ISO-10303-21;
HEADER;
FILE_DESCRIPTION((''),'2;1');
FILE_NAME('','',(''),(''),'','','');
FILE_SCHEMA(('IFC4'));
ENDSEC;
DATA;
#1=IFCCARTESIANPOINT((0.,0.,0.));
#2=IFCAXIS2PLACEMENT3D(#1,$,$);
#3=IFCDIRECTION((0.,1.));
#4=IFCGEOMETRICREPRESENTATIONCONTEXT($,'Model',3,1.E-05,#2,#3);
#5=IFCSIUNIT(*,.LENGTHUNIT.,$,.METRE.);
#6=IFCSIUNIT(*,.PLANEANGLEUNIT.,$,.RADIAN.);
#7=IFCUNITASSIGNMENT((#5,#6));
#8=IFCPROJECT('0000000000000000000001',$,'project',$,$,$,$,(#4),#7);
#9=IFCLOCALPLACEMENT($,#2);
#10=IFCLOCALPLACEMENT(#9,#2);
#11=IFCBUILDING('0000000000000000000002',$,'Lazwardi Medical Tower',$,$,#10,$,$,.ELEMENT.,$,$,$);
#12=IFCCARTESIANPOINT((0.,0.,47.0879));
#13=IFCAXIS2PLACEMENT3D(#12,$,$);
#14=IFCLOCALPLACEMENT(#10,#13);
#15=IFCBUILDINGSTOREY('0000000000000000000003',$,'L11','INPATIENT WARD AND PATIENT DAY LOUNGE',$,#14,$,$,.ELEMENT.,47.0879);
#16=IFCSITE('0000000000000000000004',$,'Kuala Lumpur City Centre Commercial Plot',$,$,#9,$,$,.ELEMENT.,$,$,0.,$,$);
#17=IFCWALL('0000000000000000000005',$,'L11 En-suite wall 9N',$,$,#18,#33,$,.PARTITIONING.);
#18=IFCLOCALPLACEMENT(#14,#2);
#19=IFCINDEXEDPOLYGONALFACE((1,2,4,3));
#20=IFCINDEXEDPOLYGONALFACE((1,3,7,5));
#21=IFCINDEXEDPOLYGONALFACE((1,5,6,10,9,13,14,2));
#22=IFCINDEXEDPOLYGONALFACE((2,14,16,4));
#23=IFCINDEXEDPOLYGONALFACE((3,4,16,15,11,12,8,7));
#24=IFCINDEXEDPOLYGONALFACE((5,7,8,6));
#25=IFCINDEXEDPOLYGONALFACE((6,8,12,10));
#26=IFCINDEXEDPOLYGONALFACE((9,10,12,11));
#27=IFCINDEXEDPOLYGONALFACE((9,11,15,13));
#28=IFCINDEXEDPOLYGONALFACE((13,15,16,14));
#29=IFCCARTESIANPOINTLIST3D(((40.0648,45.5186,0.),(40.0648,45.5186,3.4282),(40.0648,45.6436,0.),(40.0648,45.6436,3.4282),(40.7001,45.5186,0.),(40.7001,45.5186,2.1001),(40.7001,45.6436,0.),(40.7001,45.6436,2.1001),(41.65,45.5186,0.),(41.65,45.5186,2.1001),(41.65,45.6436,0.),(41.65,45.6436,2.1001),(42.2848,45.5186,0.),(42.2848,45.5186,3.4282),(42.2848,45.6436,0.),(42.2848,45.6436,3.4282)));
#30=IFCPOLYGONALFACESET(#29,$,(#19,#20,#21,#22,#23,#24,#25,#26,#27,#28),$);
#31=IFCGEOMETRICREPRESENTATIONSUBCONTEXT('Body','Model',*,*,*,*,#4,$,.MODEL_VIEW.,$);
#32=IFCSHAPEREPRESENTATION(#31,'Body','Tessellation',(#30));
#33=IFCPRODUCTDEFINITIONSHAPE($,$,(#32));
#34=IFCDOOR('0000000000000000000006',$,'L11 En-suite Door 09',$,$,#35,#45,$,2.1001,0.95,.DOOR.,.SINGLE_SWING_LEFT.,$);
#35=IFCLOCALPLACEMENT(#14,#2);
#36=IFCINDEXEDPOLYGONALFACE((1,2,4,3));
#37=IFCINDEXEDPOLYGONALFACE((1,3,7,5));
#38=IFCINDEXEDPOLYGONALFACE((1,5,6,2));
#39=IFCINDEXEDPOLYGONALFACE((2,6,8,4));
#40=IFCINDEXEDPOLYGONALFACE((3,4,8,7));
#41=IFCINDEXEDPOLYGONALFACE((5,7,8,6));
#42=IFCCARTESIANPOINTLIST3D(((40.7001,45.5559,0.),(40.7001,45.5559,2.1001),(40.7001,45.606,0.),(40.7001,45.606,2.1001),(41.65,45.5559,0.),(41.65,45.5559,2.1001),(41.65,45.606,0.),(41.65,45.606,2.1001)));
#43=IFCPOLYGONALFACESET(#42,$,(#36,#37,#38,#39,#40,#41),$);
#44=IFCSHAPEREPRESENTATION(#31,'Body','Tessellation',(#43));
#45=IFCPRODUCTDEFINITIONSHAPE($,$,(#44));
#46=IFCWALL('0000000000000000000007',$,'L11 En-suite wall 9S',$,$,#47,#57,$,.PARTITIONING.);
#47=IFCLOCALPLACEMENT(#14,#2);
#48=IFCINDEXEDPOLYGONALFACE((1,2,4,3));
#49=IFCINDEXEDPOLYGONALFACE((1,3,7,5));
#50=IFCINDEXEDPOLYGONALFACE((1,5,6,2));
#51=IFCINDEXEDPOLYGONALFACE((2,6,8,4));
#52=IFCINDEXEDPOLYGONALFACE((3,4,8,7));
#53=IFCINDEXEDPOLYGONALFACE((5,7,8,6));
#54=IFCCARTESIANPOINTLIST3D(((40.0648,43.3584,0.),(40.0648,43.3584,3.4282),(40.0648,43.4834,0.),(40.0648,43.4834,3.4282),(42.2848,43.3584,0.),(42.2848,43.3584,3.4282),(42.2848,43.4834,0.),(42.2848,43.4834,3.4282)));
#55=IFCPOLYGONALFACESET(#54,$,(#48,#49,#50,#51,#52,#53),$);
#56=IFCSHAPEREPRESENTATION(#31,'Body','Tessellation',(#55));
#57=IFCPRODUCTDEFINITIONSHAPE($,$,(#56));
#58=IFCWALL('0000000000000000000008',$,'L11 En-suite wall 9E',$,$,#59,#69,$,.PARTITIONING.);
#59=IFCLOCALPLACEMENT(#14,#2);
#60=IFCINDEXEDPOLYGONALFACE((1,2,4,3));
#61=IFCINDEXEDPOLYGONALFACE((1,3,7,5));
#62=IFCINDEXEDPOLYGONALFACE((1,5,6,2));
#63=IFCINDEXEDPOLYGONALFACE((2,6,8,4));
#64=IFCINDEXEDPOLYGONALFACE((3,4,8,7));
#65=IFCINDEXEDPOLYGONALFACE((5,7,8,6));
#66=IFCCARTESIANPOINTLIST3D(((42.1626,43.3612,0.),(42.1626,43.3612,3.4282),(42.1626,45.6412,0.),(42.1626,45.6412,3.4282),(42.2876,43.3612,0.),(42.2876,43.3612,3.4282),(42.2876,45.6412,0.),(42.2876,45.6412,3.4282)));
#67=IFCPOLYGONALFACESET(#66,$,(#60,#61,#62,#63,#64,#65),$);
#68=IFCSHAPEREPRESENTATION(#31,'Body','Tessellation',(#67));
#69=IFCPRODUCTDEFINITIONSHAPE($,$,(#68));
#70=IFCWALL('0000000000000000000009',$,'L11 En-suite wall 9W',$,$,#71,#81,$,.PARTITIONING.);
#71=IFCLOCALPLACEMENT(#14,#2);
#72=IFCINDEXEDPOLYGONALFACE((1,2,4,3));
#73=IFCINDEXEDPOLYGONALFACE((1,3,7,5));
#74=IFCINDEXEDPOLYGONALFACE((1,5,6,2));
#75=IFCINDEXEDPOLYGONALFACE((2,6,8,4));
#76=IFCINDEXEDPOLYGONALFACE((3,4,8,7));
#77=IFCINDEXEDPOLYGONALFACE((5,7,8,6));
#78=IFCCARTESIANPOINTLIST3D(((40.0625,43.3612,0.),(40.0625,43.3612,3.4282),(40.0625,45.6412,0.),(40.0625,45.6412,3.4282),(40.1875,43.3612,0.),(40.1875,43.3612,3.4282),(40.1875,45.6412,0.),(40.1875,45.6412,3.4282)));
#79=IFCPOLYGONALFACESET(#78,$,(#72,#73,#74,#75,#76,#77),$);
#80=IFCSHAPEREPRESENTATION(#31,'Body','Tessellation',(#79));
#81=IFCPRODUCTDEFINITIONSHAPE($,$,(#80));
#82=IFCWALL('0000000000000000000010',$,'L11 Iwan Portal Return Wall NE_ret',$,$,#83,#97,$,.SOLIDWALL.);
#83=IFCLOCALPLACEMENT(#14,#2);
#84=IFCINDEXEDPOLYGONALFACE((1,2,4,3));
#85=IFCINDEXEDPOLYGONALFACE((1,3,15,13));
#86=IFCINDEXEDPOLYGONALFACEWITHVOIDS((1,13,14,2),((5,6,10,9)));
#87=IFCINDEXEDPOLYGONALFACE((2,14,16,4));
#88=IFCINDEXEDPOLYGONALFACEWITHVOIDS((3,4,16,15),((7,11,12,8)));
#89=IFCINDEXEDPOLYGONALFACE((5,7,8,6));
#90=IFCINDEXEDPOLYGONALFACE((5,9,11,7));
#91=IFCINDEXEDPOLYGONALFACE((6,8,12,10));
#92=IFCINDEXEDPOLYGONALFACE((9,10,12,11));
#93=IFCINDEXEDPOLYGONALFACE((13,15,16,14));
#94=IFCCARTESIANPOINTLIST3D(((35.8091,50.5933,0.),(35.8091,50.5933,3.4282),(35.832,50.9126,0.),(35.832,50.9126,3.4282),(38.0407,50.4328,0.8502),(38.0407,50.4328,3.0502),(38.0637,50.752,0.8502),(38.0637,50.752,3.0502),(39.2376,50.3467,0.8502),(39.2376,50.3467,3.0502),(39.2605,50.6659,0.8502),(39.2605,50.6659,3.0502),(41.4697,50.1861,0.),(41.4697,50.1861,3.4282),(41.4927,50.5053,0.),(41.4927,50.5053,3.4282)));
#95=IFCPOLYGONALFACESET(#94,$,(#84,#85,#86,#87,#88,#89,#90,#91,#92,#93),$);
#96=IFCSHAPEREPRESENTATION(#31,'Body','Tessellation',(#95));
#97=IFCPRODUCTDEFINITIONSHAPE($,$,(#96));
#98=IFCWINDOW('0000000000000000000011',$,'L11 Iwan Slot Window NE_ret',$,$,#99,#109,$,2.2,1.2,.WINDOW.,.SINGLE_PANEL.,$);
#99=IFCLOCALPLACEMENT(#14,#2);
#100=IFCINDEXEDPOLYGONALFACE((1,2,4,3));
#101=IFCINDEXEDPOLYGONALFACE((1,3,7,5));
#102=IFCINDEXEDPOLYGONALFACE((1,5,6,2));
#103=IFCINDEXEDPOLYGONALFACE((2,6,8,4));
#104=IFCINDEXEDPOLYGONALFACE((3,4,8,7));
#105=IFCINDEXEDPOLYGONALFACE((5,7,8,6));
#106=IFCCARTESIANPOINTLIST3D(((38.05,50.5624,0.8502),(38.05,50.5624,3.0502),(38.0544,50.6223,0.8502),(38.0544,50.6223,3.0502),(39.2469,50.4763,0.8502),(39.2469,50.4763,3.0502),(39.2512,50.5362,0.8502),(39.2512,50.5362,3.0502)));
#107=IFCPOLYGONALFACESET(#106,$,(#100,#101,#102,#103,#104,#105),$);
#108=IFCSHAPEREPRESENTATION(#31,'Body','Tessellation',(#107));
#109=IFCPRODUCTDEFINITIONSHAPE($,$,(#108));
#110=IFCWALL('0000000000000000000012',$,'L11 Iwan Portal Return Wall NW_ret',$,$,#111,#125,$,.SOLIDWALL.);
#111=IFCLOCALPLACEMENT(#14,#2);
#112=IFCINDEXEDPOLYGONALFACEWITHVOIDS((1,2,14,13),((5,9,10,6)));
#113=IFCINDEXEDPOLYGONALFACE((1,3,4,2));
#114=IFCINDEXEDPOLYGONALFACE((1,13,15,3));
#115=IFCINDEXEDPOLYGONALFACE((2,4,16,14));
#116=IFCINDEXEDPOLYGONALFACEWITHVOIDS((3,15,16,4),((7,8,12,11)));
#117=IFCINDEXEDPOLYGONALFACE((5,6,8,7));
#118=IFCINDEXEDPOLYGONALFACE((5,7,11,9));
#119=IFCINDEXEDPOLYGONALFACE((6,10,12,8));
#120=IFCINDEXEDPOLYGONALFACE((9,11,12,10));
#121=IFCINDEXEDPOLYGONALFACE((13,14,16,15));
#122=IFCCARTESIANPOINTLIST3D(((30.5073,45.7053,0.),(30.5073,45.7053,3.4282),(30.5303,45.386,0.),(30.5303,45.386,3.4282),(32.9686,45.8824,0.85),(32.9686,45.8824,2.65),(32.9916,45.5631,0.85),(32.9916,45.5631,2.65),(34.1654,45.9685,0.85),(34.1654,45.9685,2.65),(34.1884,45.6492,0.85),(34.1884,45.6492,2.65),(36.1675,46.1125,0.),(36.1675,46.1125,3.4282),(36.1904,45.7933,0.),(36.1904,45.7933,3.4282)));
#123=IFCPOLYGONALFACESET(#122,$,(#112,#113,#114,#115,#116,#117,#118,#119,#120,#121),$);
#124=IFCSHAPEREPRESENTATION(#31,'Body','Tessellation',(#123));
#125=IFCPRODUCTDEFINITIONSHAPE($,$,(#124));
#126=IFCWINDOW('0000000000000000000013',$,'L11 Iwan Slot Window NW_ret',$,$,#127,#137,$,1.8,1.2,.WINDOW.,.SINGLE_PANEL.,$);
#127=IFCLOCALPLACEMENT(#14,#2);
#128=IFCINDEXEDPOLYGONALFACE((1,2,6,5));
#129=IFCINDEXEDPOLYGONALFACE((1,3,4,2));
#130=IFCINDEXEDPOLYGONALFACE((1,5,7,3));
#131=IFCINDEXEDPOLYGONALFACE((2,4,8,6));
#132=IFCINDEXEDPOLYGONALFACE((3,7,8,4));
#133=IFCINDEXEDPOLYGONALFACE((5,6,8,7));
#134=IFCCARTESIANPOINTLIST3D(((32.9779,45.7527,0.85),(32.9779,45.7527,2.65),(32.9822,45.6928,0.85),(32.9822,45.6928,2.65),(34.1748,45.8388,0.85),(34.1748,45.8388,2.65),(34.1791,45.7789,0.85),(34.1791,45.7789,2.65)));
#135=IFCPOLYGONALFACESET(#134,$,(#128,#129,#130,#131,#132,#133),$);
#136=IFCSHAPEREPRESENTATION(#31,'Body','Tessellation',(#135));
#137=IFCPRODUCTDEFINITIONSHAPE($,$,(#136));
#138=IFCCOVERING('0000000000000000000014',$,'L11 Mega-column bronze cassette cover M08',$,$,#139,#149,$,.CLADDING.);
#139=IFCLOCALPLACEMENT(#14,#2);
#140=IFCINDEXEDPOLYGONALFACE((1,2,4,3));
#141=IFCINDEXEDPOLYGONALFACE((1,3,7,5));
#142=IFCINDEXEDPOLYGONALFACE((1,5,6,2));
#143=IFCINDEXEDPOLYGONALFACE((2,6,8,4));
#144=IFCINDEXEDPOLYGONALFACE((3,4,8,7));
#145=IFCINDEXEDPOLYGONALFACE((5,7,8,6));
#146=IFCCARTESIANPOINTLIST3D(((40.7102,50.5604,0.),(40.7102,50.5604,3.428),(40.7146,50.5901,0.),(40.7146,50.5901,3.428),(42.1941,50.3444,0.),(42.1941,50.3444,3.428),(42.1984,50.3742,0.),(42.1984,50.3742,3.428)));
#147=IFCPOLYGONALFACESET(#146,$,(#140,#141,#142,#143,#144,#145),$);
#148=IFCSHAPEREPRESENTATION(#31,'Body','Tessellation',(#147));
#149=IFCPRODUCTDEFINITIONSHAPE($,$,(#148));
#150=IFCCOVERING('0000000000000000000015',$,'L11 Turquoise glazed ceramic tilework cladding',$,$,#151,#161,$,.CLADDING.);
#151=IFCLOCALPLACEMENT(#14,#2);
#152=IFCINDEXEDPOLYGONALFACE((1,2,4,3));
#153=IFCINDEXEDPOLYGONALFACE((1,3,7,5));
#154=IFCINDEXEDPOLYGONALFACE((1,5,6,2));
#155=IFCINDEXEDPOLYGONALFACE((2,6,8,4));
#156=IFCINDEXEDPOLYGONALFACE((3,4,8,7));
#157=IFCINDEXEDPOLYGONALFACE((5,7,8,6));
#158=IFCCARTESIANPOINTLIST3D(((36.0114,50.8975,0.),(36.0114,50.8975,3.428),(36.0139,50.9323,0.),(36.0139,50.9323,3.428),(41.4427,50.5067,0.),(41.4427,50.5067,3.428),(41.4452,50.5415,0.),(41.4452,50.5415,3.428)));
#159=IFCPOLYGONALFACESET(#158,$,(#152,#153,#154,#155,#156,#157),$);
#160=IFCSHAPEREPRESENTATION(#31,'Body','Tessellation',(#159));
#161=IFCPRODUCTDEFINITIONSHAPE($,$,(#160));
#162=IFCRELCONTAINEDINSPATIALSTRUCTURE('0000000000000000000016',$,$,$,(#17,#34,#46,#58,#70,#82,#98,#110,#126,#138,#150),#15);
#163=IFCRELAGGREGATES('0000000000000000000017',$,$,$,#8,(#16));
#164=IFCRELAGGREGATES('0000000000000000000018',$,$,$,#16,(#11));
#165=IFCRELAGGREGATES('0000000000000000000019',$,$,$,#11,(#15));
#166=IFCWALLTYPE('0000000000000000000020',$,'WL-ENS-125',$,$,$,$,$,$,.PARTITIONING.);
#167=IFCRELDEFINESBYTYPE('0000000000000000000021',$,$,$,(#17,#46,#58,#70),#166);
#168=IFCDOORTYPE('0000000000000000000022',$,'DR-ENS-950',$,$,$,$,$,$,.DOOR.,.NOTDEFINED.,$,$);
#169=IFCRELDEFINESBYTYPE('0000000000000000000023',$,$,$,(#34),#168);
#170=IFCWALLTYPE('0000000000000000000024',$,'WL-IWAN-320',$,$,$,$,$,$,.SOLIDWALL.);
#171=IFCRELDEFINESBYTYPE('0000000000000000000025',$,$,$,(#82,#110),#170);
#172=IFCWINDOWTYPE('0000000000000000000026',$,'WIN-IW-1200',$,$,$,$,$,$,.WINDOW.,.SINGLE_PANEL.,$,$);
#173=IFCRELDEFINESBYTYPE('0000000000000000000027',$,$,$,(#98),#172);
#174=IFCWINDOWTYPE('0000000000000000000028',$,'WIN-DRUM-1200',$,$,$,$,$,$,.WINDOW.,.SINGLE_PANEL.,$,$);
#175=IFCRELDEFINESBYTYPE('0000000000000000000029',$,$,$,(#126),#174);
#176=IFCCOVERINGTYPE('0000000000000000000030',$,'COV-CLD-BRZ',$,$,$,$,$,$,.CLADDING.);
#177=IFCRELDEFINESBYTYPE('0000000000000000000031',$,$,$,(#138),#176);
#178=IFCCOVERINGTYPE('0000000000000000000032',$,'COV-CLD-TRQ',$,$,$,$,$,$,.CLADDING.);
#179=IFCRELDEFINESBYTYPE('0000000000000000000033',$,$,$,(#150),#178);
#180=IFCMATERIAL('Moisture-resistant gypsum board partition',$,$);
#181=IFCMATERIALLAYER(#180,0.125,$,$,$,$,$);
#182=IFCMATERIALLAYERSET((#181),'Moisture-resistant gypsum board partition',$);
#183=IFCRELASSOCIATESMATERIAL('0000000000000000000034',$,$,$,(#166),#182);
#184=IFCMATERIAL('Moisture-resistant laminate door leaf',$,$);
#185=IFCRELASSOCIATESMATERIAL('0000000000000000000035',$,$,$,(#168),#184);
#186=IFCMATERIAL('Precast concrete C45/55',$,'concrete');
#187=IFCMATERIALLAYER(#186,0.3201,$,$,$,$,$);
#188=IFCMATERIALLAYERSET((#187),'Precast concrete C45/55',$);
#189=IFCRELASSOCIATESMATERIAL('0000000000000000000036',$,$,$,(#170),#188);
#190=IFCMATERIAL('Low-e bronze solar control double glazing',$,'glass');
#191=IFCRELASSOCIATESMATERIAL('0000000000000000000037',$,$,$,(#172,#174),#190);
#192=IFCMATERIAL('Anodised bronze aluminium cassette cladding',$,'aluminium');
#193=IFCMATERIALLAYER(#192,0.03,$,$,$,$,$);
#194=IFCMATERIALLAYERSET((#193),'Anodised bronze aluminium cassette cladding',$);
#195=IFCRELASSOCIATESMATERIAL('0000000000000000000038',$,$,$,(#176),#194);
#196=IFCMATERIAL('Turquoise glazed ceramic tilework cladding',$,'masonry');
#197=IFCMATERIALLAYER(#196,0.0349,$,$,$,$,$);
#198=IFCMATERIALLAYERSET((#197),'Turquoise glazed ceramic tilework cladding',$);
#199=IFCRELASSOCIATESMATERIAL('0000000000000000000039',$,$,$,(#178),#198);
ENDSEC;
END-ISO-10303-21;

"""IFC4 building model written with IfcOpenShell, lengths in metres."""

from ifc_helpers import new_model, si_unit, direction, frame, frame_2d, origin, origin_2d, place, context, subcontext, project, spatial, rectangle, extrude, material, layer, layer_set, type_object, element, fill, save


model = new_model("IFC4")

# Units and contexts
model_context = context("Model", 3, precision=1e-05, world=origin(), true_north=direction((0.0, 1.0)))
body_context = subcontext(model_context, "Body", "Model", "MODEL_VIEW")
ifc_project = project(units=[si_unit("LENGTHUNIT", "METRE"), si_unit("PLANEANGLEUNIT", "RADIAN")], contexts=[model_context])

# Site, building, storey
site_placement = place(None, origin())
site = spatial("IfcSite", under=ifc_project, at=site_placement, Name="Kuala Lumpur City Centre Commercial Plot", CompositionType="ELEMENT", RefElevation=0.0)
building_placement = place(site_placement, origin())
building = spatial("IfcBuilding", under=site, at=building_placement, Name="Lazwardi Medical Tower", CompositionType="ELEMENT")
storey_placement = place(building_placement, frame((0.0, 0.0, 47.0879)))
storey = spatial("IfcBuildingStorey", under=building, at=storey_placement, Name="L11", Description="INPATIENT WARD AND PATIENT DAY LOUNGE", CompositionType="ELEMENT", Elevation=47.0879)

# Shared definitions
ifc_material_1 = material(Name="Low-e bronze solar control double glazing", Category="glass")

# Wall, opening, door
ifc_material_2 = material(Name="Moisture-resistant gypsum board partition")
ifc_layer_1 = layer(ifc_material_2, 0.125)
ifc_layer_set_1 = layer_set([ifc_layer_1], Name="Moisture-resistant gypsum board partition")
wall_type_1 = type_object("IfcWallType", Name="WL-ENS-125", PredefinedType="PARTITIONING", material=ifc_layer_set_1)
ifc_material_3 = material(Name="Moisture-resistant laminate door leaf")
door_type = type_object("IfcDoorType", Name="DR-ENS-950", OperationType="NOTDEFINED", PredefinedType="DOOR", material=ifc_material_3)
wall_1_placement = place(storey_placement, frame((40.0649, 45.5811, 0.0), z_axis=(0.0, 0.0, 1.0), x_axis=(1.0, 0.0, 0.0)))
wall_1 = element("IfcWall", 1, at=wall_1_placement, inside=storey, type_object=wall_type_1, Name="L11 En-suite wall 9N", PredefinedType="PARTITIONING", context=body_context, shape_type="SweptSolid", body=[
    extrude(rectangle(XDim=2.22, YDim=0.125, at=frame_2d((1.1099, 0.0))), origin(), (0.0, 0.0, 1.0), 3.4282),
])
opening_1_placement = place(wall_1_placement, frame((0.635, 0.0, 0.0)))
opening_1 = element("IfcOpeningElement", 2, at=opening_1_placement, cuts=wall_1, PredefinedType="OPENING", context=body_context, shape_type="SweptSolid", body=[
    extrude(rectangle(XDim=0.95, YDim=2.1001, at=frame_2d((0.4751, 1.05))), frame((0.0, 0.0725, 0.0), z_axis=(0.0, -1.0, 0.0), x_axis=(1.0, 0.0, 0.0)), (0.0, 0.0, 1.0), 0.145),
])
door_1_placement = place(opening_1_placement, origin())
door_1 = element("IfcDoor", 3, at=door_1_placement, inside=storey, type_object=door_type, Name="L11 En-suite Door 09", OperationType="SINGLE_SWING_LEFT", OverallHeight=2.1001, OverallWidth=0.95, PredefinedType="DOOR", context=body_context, shape_type="SweptSolid", body=[
    extrude(rectangle(XDim=0.95, YDim=2.1001, at=frame_2d((0.4751, 1.05))), frame((0.0, 0.0249, 0.0), z_axis=(0.0, -1.0, 0.0), x_axis=(1.0, 0.0, 0.0)), (0.0, 0.0, 1.0), 0.05),
])
fill(opening_1, door_1)

# Walls
wall_2_placement = place(storey_placement, frame((40.0649, 43.4209, 0.0), z_axis=(0.0, 0.0, 1.0), x_axis=(1.0, 0.0, 0.0)))
element("IfcWall", 4, at=wall_2_placement, inside=storey, type_object=wall_type_1, Name="L11 En-suite wall 9S", PredefinedType="PARTITIONING", context=body_context, shape_type="SweptSolid", body=[
    extrude(rectangle(XDim=2.22, YDim=0.125, at=frame_2d((1.1099, 0.0))), origin(), (0.0, 0.0, 1.0), 3.4282),
])
for number, where, z_axis, x_axis, name in (
    (5, (42.2251, 43.3611, 0.0), (0.0, 0.0, 1.0), (0.0, 1.0, 0.0), "L11 En-suite wall 9E"),
    (6, (40.125, 43.3611, 0.0), (0.0, 0.0, 1.0), (0.0, 1.0, 0.0), "L11 En-suite wall 9W"),
):
    element("IfcWall", number, at=place(storey_placement, frame(where, z_axis=z_axis, x_axis=x_axis)), inside=storey, type_object=wall_type_1, Name=name, PredefinedType="PARTITIONING", context=body_context, shape_type="SweptSolid", body=[
        extrude(rectangle(XDim=2.28, YDim=0.125, at=frame_2d((1.1401, 0.0))), origin(), (0.0, 0.0, 1.0), 3.4282),
    ])

# Walls, openings, windows
ifc_material_4 = material(Name="Precast concrete C45/55", Category="concrete")
ifc_layer_2 = layer(ifc_material_4, 0.3201)
ifc_layer_set_2 = layer_set([ifc_layer_2], Name="Precast concrete C45/55")
wall_type_2 = type_object("IfcWallType", Name="WL-IWAN-320", PredefinedType="SOLIDWALL", material=ifc_layer_set_2)
wall_3_placement = place(storey_placement, frame((41.4812, 50.3457, 0.0), z_axis=(0.0, 0.0, 1.0), x_axis=(-0.997422, 0.071755, 0.0)))
wall_3 = element("IfcWall", 7, at=wall_3_placement, inside=storey, type_object=wall_type_2, Name="L11 Iwan Portal Return Wall NE_ret", PredefinedType="SOLIDWALL", context=body_context, shape_type="SweptSolid", body=[
    extrude(rectangle(XDim=5.6753, YDim=0.3201, at=frame_2d((2.8376, 0.0))), origin(), (0.0, 0.0, 1.0), 3.4282),
])
opening_2_placement = place(wall_3_placement, frame((2.2378, 0.0, 0.8501)))
opening_2 = element("IfcOpeningElement", 8, at=opening_2_placement, cuts=wall_3, PredefinedType="OPENING", context=body_context, shape_type="SweptSolid", body=[
    extrude(rectangle(XDim=1.2, YDim=2.2, at=frame_2d((0.6001, 1.1001))), frame((0.0, 0.1699, 0.0), z_axis=(0.0, -1.0, 0.0), x_axis=(1.0, 0.0, 0.0)), (0.0, 0.0, 1.0), 0.3401),
])
window_type_1 = type_object("IfcWindowType", Name="WIN-IW-1200", PartitioningType="SINGLE_PANEL", PredefinedType="WINDOW", material=ifc_material_1)
window_1_placement = place(opening_2_placement, origin())
window_1 = element("IfcWindow", 9, at=window_1_placement, inside=storey, type_object=window_type_1, Name="L11 Iwan Slot Window NE_ret", OverallHeight=2.2, OverallWidth=1.2, PartitioningType="SINGLE_PANEL", PredefinedType="WINDOW", context=body_context, shape_type="SweptSolid", body=[
    extrude(rectangle(XDim=1.2, YDim=2.2, at=frame_2d((0.6001, 1.1001))), frame((0.0, 0.03, 0.0), z_axis=(0.0, -1.0, 0.0), x_axis=(1.0, 0.0, 0.0)), (0.0, 0.0, 1.0), 0.0601),
])
fill(opening_2, window_1)
wall_4_placement = place(storey_placement, frame((36.179, 45.9529, 0.0), z_axis=(0.0, 0.0, 1.0), x_axis=(-0.997422, -0.071761, 0.0)))
wall_4 = element("IfcWall", 10, at=wall_4_placement, inside=storey, type_object=wall_type_2, Name="L11 Iwan Portal Return Wall NW_ret", PredefinedType="SOLIDWALL", context=body_context, shape_type="SweptSolid", body=[
    extrude(rectangle(XDim=5.6748, YDim=0.3201, at=frame_2d((2.8374, 0.0))), origin(), (0.0, 0.0, 1.0), 3.4282),
])
opening_3_placement = place(wall_4_placement, frame((2.0071, 0.0, 0.8501)))
opening_3 = element("IfcOpeningElement", 11, at=opening_3_placement, cuts=wall_4, PredefinedType="OPENING", context=body_context, shape_type="SweptSolid", body=[
    extrude(rectangle(XDim=1.2, YDim=1.8, at=frame_2d((0.6001, 0.8999))), frame((0.0, 0.1699, 0.0), z_axis=(0.0, -1.0, 0.0), x_axis=(1.0, 0.0, 0.0)), (0.0, 0.0, 1.0), 0.3401),
])
window_type_2 = type_object("IfcWindowType", Name="WIN-DRUM-1200", PartitioningType="SINGLE_PANEL", PredefinedType="WINDOW", material=ifc_material_1)
window_2_placement = place(opening_3_placement, origin())
window_2 = element("IfcWindow", 12, at=window_2_placement, inside=storey, type_object=window_type_2, Name="L11 Iwan Slot Window NW_ret", OverallHeight=1.8, OverallWidth=1.2, PartitioningType="SINGLE_PANEL", PredefinedType="WINDOW", context=body_context, shape_type="SweptSolid", body=[
    extrude(rectangle(XDim=1.2, YDim=1.8, at=frame_2d((0.6001, 0.8999))), frame((0.0, 0.03, 0.0), z_axis=(0.0, -1.0, 0.0), x_axis=(1.0, 0.0, 0.0)), (0.0, 0.0, 1.0), 0.0601),
])
fill(opening_3, window_2)

# Coverings
ifc_material_5 = material(Name="Anodised bronze aluminium cassette cladding", Category="aluminium")
ifc_layer_3 = layer(ifc_material_5, 0.03)
ifc_layer_set_3 = layer_set([ifc_layer_3], Name="Anodised bronze aluminium cassette cladding")
covering_type_1 = type_object("IfcCoveringType", Name="COV-CLD-BRZ", PredefinedType="CLADDING", material=ifc_layer_set_3)
covering_1_placement = place(storey_placement, frame((41.4543, 50.4673, 0.0), z_axis=(0.0, 0.0, 1.0), x_axis=(-0.989573, 0.144035, 0.0)))
element("IfcCovering", 13, at=covering_1_placement, inside=storey, type_object=covering_type_1, Name="L11 Mega-column bronze cassette cover M08", PredefinedType="CLADDING", context=body_context, shape_type="SweptSolid", body=[
    extrude(rectangle(XDim=1.4995, YDim=0.03, at=origin_2d()), origin(), (0.0, 0.0, 1.0), 3.428),
])
ifc_material_6 = material(Name="Turquoise glazed ceramic tilework cladding", Category="masonry")
ifc_layer_4 = layer(ifc_material_6, 0.0349)
ifc_layer_set_4 = layer_set([ifc_layer_4], Name="Turquoise glazed ceramic tilework cladding")
covering_type_2 = type_object("IfcCoveringType", Name="COV-CLD-TRQ", PredefinedType="CLADDING", material=ifc_layer_set_4)
covering_2_placement = place(storey_placement, frame((38.7283, 50.7195, 0.0), z_axis=(0.0, 0.0, 1.0), x_axis=(-0.997421, 0.071767, 0.0)))
element("IfcCovering", 14, at=covering_2_placement, inside=storey, type_object=covering_type_2, Name="L11 Turquoise glazed ceramic tilework cladding", PredefinedType="CLADDING", context=body_context, shape_type="SweptSolid", body=[
    extrude(rectangle(XDim=5.4453, YDim=0.0349, at=origin_2d()), origin(), (0.0, 0.0, 1.0), 3.428),
])

save(model, "model.ifc")
